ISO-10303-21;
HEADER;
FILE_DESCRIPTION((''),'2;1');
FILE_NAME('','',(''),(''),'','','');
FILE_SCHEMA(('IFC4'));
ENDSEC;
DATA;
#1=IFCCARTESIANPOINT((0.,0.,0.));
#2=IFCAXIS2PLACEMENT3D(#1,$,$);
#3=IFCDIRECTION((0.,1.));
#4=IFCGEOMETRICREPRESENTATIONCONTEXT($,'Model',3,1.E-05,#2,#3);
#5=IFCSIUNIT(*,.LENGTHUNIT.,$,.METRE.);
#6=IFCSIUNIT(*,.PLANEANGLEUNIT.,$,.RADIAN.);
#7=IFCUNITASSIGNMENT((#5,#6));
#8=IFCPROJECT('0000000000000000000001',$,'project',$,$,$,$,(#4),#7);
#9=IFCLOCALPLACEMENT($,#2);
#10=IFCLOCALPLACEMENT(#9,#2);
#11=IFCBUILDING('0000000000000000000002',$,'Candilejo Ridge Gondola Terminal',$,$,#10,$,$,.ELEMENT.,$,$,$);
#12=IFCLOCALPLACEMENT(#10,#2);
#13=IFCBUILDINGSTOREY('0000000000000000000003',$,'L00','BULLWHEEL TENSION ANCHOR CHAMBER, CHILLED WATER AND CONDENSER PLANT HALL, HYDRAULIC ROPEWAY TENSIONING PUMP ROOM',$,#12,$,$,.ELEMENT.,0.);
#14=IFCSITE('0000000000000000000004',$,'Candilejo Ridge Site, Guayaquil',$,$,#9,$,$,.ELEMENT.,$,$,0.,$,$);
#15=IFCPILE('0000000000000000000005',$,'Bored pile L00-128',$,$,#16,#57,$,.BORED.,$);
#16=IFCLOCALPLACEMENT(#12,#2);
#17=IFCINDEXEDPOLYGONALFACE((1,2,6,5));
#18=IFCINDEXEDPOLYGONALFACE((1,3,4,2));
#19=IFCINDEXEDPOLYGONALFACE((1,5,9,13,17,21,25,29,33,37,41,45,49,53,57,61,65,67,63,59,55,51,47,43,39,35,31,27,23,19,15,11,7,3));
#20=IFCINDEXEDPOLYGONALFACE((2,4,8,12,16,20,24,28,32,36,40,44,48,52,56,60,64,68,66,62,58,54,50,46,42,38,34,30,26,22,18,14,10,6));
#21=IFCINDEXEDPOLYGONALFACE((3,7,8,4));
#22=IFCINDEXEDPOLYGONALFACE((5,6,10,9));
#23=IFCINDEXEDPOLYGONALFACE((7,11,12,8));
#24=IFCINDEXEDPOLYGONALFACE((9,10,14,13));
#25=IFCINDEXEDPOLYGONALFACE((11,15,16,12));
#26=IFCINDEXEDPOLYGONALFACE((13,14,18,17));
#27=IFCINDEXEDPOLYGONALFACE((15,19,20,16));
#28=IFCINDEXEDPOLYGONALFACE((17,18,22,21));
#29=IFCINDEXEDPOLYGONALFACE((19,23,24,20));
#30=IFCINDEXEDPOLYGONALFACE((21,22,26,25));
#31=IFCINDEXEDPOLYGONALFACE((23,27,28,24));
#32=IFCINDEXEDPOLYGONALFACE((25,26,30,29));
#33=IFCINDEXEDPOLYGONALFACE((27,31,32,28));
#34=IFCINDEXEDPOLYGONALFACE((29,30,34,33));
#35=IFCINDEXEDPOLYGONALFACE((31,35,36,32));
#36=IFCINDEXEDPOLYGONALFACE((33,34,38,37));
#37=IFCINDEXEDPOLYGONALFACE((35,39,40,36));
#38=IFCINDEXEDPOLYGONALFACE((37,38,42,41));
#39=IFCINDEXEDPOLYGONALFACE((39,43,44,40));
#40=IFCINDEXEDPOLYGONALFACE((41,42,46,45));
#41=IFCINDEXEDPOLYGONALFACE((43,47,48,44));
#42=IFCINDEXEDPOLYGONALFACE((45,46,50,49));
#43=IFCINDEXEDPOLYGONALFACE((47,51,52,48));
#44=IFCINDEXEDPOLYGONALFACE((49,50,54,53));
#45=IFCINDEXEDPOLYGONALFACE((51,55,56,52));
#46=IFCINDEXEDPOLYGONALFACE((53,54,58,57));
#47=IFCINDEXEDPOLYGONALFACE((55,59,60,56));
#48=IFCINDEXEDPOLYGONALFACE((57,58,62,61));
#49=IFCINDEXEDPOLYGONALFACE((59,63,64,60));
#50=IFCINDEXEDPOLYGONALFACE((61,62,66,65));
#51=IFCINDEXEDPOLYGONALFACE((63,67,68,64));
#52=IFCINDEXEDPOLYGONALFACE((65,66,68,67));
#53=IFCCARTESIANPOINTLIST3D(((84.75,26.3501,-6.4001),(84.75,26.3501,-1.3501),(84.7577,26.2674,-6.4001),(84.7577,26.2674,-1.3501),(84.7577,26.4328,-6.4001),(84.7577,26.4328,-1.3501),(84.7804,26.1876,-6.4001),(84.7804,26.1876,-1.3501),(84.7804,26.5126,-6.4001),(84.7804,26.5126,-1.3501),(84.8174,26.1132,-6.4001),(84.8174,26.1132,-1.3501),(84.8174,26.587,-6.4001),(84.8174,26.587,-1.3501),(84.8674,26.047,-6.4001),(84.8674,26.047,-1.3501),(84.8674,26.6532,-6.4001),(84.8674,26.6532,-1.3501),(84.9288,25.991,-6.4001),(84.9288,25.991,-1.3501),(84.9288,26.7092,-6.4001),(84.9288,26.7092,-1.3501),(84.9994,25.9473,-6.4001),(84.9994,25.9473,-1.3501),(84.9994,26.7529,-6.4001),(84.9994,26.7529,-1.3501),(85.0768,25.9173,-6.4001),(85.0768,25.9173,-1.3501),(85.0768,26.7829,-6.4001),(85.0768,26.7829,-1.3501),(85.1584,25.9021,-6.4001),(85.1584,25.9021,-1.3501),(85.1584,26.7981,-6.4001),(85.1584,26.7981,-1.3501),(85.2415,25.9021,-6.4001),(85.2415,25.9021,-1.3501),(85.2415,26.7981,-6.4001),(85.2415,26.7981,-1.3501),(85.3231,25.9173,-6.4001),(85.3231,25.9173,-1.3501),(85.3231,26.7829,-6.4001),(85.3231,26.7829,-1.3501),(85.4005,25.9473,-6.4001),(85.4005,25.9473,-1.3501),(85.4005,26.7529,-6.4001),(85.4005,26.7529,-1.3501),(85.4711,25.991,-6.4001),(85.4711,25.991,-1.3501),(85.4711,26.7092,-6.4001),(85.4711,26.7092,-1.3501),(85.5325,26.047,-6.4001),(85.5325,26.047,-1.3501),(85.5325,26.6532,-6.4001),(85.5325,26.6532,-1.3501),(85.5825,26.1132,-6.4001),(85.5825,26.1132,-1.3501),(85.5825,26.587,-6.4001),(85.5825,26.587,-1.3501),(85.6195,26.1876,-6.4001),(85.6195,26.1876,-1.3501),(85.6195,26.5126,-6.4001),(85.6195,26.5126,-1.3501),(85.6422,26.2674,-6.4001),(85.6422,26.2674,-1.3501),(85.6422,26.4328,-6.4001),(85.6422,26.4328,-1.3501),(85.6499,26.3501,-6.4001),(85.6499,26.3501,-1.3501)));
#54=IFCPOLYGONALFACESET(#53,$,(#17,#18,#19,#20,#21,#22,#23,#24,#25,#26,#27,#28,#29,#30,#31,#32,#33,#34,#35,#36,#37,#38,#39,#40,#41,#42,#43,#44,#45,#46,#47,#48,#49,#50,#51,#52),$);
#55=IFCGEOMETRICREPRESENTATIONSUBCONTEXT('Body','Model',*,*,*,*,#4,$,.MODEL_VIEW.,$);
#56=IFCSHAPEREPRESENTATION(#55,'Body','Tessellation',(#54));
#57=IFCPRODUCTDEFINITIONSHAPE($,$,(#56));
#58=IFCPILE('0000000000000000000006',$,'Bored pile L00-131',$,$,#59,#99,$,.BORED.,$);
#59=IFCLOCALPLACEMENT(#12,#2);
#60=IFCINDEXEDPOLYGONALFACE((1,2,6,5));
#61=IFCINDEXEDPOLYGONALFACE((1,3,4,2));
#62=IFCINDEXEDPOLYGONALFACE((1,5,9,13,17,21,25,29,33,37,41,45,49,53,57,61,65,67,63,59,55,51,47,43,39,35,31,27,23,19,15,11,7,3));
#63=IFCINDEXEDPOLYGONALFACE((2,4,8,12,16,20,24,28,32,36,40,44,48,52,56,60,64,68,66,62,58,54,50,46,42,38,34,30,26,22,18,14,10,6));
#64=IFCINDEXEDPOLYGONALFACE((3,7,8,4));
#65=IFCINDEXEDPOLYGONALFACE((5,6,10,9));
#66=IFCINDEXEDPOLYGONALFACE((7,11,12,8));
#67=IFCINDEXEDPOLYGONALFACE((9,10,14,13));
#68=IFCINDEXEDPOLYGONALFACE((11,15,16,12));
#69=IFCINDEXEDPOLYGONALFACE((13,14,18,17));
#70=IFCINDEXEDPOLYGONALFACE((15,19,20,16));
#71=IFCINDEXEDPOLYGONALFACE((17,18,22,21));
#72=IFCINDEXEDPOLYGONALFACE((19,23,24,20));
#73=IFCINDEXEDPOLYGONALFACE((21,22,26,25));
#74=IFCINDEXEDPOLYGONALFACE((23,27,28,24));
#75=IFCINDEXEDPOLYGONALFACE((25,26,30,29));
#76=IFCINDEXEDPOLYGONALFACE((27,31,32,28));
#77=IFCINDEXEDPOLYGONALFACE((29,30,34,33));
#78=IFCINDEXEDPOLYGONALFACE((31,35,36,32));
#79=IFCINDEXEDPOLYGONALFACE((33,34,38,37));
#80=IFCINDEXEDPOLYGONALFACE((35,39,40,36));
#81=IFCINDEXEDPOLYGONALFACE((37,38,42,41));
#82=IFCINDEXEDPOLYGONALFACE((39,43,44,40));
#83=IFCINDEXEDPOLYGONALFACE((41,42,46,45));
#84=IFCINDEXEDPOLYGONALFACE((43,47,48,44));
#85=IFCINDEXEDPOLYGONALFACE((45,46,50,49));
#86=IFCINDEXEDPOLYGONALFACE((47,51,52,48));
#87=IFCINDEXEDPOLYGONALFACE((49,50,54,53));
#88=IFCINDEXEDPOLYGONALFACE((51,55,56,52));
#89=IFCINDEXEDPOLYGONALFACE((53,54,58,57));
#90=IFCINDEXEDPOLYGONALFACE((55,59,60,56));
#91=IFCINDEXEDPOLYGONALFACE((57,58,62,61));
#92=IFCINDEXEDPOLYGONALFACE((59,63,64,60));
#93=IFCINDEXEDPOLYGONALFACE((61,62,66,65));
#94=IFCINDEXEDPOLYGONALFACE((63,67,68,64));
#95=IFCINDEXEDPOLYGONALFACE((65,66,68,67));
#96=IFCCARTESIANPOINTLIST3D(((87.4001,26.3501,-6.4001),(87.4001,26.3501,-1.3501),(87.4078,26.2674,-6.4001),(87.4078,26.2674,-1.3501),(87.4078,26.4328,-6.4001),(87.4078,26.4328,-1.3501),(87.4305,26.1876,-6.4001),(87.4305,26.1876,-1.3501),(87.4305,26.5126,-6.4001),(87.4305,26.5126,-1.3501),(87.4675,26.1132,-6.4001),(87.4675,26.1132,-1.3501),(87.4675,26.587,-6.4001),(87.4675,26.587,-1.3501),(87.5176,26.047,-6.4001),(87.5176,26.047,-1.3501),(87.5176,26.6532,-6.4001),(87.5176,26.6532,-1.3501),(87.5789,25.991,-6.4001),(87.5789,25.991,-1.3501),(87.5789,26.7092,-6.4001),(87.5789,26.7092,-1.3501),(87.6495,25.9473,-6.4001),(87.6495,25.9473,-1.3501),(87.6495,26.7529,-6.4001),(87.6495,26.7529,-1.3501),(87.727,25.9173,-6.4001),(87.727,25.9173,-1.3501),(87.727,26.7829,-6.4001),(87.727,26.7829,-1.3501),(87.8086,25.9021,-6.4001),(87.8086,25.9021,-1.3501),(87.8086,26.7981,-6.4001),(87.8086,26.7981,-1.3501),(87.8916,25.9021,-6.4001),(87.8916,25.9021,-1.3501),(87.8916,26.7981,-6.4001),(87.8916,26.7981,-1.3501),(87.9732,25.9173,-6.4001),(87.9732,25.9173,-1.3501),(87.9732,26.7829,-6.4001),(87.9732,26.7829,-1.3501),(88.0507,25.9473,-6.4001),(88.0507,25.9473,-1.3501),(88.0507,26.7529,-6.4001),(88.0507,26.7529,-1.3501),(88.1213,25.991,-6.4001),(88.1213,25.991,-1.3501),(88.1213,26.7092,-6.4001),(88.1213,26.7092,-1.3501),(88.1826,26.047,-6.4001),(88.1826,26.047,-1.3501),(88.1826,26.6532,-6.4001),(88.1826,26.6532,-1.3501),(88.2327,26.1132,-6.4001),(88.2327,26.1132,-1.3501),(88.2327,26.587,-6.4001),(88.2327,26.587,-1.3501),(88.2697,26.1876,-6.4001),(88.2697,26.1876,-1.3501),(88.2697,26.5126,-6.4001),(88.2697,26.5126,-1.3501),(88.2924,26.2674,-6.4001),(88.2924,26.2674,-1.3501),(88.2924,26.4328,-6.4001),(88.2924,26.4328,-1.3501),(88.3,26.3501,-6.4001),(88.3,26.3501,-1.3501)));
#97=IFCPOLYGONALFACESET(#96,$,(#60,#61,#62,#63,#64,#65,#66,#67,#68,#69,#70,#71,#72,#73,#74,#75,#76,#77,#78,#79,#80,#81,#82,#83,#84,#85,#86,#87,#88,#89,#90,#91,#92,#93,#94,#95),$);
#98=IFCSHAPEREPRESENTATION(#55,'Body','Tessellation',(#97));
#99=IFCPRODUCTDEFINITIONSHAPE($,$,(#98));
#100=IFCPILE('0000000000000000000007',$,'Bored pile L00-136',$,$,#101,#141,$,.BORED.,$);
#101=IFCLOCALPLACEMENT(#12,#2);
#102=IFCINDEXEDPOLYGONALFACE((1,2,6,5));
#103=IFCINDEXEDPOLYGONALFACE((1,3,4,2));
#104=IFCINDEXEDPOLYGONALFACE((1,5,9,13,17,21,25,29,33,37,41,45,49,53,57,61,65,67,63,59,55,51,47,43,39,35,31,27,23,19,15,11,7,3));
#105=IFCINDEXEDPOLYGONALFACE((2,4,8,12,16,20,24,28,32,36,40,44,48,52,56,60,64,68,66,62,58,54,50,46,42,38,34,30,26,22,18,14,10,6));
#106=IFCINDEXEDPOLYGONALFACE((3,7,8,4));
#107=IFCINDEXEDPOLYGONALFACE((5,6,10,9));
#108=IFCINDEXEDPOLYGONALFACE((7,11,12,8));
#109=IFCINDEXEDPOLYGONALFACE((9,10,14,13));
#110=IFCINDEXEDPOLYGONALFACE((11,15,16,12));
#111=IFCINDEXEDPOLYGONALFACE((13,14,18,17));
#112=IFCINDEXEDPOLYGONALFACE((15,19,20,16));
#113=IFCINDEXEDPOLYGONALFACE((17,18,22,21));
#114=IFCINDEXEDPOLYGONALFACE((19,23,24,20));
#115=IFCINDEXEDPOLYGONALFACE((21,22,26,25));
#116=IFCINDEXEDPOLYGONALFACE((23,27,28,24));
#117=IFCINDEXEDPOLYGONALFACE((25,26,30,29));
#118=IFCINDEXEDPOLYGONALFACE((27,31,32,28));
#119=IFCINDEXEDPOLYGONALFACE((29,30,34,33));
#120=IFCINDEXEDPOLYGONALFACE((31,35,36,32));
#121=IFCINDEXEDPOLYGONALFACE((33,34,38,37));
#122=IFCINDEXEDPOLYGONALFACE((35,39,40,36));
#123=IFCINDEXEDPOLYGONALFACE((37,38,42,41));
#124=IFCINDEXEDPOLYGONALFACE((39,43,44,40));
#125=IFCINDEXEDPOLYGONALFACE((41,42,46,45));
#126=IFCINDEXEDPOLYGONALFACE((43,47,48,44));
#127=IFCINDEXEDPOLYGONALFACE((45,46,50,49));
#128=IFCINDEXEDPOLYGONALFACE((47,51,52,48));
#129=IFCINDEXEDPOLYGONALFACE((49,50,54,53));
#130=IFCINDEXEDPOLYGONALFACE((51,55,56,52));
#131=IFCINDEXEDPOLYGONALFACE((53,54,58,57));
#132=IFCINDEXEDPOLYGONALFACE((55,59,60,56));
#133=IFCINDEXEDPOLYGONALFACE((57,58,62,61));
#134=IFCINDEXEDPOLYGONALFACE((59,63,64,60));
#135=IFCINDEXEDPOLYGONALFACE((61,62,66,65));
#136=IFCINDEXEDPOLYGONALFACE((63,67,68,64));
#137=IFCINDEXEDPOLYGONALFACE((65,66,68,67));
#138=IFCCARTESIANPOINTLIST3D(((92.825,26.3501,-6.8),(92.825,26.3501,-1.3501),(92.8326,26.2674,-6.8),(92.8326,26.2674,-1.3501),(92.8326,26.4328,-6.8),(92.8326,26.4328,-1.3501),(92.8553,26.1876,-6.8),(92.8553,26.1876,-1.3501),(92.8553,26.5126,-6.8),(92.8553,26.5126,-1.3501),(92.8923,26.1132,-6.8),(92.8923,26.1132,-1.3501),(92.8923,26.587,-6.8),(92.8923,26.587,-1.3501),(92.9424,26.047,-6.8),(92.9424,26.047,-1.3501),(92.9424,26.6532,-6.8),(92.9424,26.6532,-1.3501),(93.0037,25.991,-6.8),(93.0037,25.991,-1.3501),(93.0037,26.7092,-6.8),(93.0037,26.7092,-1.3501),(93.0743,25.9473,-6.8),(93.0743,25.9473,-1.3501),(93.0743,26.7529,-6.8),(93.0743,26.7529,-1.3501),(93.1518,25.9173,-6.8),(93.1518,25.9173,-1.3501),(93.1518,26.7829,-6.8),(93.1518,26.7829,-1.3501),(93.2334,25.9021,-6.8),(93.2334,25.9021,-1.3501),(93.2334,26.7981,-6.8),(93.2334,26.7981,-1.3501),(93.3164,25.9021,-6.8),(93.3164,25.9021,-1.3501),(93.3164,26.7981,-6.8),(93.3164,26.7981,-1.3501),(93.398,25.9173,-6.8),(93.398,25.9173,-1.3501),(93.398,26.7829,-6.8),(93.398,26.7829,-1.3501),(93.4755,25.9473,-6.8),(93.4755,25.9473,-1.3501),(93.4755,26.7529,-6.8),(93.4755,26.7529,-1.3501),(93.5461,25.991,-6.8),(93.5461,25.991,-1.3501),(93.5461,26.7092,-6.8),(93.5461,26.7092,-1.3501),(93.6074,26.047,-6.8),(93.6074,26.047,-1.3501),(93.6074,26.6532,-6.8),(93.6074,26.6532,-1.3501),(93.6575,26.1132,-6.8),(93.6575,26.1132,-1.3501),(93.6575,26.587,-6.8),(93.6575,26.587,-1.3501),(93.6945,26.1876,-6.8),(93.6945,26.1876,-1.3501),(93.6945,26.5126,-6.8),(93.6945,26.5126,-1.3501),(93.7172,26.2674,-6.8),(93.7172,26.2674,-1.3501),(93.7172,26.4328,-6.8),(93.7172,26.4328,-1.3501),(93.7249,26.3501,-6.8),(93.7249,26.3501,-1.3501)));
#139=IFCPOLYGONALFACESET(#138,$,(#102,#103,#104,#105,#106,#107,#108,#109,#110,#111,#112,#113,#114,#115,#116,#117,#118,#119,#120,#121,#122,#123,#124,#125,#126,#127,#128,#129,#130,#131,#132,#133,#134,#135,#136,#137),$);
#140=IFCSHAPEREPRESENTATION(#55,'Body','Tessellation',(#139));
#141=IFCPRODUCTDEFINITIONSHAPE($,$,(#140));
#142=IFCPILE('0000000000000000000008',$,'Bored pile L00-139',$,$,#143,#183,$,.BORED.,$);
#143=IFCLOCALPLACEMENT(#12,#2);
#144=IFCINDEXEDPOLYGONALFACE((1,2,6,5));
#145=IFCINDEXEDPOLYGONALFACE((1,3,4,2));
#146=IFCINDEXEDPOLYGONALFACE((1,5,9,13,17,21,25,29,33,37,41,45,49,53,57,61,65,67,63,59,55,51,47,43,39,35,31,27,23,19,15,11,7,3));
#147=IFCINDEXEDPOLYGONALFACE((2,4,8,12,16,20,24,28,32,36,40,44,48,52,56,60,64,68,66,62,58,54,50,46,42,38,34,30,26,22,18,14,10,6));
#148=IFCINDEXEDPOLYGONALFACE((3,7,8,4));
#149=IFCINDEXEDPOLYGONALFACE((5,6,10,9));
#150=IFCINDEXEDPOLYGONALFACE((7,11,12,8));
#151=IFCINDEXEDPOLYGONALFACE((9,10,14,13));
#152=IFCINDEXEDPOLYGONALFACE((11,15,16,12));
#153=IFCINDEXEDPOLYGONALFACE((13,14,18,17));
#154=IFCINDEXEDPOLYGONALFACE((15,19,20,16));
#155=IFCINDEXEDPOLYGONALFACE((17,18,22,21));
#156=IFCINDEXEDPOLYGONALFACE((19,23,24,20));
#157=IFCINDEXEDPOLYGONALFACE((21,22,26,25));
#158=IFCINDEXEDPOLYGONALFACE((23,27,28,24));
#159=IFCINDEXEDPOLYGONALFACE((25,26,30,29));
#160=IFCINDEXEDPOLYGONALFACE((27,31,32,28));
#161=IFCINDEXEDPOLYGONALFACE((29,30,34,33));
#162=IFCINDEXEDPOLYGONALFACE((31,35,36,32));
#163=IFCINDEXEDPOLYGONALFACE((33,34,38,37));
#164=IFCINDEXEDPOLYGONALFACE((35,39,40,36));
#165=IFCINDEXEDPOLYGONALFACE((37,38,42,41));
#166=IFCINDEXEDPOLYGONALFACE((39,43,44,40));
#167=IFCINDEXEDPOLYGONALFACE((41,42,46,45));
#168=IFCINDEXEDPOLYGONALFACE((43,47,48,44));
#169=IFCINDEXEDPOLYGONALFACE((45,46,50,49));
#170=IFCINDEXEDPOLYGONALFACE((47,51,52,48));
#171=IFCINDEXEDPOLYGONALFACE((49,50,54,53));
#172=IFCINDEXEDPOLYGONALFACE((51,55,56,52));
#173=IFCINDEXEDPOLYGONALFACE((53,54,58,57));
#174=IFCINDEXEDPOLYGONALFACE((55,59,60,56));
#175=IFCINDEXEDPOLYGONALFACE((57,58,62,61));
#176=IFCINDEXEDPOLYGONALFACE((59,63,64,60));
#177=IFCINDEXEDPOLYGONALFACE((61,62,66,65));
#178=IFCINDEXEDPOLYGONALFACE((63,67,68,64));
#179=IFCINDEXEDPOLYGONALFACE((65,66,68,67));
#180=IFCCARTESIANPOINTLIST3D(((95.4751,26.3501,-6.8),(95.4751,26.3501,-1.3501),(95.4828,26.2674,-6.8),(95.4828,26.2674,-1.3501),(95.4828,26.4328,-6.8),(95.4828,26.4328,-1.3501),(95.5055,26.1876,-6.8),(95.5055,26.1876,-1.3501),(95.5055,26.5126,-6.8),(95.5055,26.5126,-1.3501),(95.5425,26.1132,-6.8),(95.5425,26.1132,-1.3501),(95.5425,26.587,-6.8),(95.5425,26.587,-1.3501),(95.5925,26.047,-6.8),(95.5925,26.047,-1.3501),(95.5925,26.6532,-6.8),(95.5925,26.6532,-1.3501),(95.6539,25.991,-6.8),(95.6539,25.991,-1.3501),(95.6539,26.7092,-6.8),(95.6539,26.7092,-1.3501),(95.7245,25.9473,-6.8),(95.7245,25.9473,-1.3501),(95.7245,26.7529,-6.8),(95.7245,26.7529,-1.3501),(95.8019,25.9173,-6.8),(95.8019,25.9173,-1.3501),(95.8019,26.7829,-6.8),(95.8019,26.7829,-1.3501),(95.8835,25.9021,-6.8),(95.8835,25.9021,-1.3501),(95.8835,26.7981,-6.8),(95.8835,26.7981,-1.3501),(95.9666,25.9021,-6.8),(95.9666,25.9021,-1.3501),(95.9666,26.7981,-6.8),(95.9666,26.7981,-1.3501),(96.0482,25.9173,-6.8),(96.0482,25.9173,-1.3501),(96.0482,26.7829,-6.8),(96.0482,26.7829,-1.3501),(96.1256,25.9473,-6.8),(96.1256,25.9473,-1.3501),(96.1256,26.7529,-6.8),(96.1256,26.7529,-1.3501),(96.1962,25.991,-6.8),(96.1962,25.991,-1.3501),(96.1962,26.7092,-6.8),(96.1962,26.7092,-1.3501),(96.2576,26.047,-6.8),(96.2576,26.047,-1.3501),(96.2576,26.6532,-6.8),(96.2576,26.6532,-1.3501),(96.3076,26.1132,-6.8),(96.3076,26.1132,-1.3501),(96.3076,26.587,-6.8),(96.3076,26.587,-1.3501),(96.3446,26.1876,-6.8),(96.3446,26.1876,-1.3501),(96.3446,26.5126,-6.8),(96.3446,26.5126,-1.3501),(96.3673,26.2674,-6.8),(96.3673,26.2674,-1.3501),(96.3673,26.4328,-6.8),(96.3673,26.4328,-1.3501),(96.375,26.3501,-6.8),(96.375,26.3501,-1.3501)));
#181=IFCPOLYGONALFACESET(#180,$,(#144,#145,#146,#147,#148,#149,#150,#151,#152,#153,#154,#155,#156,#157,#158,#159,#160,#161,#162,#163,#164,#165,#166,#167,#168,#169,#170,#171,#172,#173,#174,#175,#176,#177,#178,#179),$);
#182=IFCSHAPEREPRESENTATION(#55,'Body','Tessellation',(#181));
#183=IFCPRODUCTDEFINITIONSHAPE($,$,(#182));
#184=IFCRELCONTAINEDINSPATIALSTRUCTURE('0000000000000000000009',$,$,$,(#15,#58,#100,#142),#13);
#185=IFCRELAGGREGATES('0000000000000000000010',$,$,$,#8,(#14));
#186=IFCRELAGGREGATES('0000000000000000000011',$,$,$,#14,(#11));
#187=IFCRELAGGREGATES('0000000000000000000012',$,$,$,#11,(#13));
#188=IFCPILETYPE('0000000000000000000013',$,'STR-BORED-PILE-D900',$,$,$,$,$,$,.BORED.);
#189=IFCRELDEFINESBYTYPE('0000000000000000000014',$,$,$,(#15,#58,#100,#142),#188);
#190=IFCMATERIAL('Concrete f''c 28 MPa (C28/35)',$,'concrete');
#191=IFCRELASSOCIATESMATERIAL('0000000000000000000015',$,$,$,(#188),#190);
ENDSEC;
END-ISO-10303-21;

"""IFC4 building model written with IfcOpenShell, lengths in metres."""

from ifc_helpers import new_model, si_unit, direction, frame, origin, origin_2d, place, context, subcontext, project, spatial, circle, extrude, material, material_profile, profile_set, type_object, element, save


model = new_model("IFC4")

# Units and contexts
model_context = context("Model", 3, precision=1e-05, world=origin(), true_north=direction((0.0, 1.0)))
body_context = subcontext(model_context, "Body", "Model", "MODEL_VIEW")
ifc_project = project(units=[si_unit("LENGTHUNIT", "METRE"), si_unit("PLANEANGLEUNIT", "RADIAN")], contexts=[model_context])

# Site, building, storey
site_placement = place(None, origin())
site = spatial("IfcSite", under=ifc_project, at=site_placement, Name="Candilejo Ridge Site, Guayaquil", CompositionType="ELEMENT", RefElevation=0.0)
building_placement = place(site_placement, origin())
building = spatial("IfcBuilding", under=site, at=building_placement, Name="Candilejo Ridge Gondola Terminal", CompositionType="ELEMENT")
storey_placement = place(building_placement, origin())
storey = spatial("IfcBuildingStorey", under=building, at=storey_placement, Name="L00", Description="BULLWHEEL TENSION ANCHOR CHAMBER, CHILLED WATER AND CONDENSER PLANT HALL, HYDRAULIC ROPEWAY TENSIONING PUMP ROOM", CompositionType="ELEMENT", Elevation=0.0)

# Piles
ifc_material_1 = material(Name="Concrete f'c 28 MPa (C28/35)", Category="concrete")
ifc_material_profile_1 = material_profile(ifc_material_1, circle(Radius=0.45, at=origin_2d()))
ifc_profile_set_1 = profile_set([ifc_material_profile_1], Name="Concrete f'c 28 MPa (C28/35)")
pile_type = type_object("IfcPileType", Name="STR-BORED-PILE-D900", PredefinedType="BORED", material=ifc_profile_set_1)
for number, where, z_axis, x_axis, name in (
    (1, (85.2, 26.3501, -1.3501), (0.0, 0.0, -1.0), (1.0, 0.0, 0.0), "Bored pile L00-128"),
    (2, (87.8501, 26.3501, -1.3501), (0.0, 0.0, -1.0), (1.0, 0.0, 0.0), "Bored pile L00-131"),
):
    element("IfcPile", number, at=place(storey_placement, frame(where, z_axis=z_axis, x_axis=x_axis)), inside=storey, type_object=pile_type, Name=name, PredefinedType="BORED", context=body_context, shape_type="SweptSolid", body=[
        extrude(circle(Radius=0.45, at=origin_2d()), origin(), (0.0, 0.0, 1.0), 5.05),
    ])
for number, where, z_axis, x_axis, name in (
    (3, (93.2749, 26.3501, -1.3501), (0.0, 0.0, -1.0), (1.0, 0.0, 0.0), "Bored pile L00-136"),
    (4, (95.925, 26.3501, -1.3501), (0.0, 0.0, -1.0), (1.0, 0.0, 0.0), "Bored pile L00-139"),
):
    element("IfcPile", number, at=place(storey_placement, frame(where, z_axis=z_axis, x_axis=x_axis)), inside=storey, type_object=pile_type, Name=name, PredefinedType="BORED", context=body_context, shape_type="SweptSolid", body=[
        extrude(circle(Radius=0.45, at=origin_2d()), origin(), (0.0, 0.0, 1.0), 5.45),
    ])

save(model, "model.ifc")
